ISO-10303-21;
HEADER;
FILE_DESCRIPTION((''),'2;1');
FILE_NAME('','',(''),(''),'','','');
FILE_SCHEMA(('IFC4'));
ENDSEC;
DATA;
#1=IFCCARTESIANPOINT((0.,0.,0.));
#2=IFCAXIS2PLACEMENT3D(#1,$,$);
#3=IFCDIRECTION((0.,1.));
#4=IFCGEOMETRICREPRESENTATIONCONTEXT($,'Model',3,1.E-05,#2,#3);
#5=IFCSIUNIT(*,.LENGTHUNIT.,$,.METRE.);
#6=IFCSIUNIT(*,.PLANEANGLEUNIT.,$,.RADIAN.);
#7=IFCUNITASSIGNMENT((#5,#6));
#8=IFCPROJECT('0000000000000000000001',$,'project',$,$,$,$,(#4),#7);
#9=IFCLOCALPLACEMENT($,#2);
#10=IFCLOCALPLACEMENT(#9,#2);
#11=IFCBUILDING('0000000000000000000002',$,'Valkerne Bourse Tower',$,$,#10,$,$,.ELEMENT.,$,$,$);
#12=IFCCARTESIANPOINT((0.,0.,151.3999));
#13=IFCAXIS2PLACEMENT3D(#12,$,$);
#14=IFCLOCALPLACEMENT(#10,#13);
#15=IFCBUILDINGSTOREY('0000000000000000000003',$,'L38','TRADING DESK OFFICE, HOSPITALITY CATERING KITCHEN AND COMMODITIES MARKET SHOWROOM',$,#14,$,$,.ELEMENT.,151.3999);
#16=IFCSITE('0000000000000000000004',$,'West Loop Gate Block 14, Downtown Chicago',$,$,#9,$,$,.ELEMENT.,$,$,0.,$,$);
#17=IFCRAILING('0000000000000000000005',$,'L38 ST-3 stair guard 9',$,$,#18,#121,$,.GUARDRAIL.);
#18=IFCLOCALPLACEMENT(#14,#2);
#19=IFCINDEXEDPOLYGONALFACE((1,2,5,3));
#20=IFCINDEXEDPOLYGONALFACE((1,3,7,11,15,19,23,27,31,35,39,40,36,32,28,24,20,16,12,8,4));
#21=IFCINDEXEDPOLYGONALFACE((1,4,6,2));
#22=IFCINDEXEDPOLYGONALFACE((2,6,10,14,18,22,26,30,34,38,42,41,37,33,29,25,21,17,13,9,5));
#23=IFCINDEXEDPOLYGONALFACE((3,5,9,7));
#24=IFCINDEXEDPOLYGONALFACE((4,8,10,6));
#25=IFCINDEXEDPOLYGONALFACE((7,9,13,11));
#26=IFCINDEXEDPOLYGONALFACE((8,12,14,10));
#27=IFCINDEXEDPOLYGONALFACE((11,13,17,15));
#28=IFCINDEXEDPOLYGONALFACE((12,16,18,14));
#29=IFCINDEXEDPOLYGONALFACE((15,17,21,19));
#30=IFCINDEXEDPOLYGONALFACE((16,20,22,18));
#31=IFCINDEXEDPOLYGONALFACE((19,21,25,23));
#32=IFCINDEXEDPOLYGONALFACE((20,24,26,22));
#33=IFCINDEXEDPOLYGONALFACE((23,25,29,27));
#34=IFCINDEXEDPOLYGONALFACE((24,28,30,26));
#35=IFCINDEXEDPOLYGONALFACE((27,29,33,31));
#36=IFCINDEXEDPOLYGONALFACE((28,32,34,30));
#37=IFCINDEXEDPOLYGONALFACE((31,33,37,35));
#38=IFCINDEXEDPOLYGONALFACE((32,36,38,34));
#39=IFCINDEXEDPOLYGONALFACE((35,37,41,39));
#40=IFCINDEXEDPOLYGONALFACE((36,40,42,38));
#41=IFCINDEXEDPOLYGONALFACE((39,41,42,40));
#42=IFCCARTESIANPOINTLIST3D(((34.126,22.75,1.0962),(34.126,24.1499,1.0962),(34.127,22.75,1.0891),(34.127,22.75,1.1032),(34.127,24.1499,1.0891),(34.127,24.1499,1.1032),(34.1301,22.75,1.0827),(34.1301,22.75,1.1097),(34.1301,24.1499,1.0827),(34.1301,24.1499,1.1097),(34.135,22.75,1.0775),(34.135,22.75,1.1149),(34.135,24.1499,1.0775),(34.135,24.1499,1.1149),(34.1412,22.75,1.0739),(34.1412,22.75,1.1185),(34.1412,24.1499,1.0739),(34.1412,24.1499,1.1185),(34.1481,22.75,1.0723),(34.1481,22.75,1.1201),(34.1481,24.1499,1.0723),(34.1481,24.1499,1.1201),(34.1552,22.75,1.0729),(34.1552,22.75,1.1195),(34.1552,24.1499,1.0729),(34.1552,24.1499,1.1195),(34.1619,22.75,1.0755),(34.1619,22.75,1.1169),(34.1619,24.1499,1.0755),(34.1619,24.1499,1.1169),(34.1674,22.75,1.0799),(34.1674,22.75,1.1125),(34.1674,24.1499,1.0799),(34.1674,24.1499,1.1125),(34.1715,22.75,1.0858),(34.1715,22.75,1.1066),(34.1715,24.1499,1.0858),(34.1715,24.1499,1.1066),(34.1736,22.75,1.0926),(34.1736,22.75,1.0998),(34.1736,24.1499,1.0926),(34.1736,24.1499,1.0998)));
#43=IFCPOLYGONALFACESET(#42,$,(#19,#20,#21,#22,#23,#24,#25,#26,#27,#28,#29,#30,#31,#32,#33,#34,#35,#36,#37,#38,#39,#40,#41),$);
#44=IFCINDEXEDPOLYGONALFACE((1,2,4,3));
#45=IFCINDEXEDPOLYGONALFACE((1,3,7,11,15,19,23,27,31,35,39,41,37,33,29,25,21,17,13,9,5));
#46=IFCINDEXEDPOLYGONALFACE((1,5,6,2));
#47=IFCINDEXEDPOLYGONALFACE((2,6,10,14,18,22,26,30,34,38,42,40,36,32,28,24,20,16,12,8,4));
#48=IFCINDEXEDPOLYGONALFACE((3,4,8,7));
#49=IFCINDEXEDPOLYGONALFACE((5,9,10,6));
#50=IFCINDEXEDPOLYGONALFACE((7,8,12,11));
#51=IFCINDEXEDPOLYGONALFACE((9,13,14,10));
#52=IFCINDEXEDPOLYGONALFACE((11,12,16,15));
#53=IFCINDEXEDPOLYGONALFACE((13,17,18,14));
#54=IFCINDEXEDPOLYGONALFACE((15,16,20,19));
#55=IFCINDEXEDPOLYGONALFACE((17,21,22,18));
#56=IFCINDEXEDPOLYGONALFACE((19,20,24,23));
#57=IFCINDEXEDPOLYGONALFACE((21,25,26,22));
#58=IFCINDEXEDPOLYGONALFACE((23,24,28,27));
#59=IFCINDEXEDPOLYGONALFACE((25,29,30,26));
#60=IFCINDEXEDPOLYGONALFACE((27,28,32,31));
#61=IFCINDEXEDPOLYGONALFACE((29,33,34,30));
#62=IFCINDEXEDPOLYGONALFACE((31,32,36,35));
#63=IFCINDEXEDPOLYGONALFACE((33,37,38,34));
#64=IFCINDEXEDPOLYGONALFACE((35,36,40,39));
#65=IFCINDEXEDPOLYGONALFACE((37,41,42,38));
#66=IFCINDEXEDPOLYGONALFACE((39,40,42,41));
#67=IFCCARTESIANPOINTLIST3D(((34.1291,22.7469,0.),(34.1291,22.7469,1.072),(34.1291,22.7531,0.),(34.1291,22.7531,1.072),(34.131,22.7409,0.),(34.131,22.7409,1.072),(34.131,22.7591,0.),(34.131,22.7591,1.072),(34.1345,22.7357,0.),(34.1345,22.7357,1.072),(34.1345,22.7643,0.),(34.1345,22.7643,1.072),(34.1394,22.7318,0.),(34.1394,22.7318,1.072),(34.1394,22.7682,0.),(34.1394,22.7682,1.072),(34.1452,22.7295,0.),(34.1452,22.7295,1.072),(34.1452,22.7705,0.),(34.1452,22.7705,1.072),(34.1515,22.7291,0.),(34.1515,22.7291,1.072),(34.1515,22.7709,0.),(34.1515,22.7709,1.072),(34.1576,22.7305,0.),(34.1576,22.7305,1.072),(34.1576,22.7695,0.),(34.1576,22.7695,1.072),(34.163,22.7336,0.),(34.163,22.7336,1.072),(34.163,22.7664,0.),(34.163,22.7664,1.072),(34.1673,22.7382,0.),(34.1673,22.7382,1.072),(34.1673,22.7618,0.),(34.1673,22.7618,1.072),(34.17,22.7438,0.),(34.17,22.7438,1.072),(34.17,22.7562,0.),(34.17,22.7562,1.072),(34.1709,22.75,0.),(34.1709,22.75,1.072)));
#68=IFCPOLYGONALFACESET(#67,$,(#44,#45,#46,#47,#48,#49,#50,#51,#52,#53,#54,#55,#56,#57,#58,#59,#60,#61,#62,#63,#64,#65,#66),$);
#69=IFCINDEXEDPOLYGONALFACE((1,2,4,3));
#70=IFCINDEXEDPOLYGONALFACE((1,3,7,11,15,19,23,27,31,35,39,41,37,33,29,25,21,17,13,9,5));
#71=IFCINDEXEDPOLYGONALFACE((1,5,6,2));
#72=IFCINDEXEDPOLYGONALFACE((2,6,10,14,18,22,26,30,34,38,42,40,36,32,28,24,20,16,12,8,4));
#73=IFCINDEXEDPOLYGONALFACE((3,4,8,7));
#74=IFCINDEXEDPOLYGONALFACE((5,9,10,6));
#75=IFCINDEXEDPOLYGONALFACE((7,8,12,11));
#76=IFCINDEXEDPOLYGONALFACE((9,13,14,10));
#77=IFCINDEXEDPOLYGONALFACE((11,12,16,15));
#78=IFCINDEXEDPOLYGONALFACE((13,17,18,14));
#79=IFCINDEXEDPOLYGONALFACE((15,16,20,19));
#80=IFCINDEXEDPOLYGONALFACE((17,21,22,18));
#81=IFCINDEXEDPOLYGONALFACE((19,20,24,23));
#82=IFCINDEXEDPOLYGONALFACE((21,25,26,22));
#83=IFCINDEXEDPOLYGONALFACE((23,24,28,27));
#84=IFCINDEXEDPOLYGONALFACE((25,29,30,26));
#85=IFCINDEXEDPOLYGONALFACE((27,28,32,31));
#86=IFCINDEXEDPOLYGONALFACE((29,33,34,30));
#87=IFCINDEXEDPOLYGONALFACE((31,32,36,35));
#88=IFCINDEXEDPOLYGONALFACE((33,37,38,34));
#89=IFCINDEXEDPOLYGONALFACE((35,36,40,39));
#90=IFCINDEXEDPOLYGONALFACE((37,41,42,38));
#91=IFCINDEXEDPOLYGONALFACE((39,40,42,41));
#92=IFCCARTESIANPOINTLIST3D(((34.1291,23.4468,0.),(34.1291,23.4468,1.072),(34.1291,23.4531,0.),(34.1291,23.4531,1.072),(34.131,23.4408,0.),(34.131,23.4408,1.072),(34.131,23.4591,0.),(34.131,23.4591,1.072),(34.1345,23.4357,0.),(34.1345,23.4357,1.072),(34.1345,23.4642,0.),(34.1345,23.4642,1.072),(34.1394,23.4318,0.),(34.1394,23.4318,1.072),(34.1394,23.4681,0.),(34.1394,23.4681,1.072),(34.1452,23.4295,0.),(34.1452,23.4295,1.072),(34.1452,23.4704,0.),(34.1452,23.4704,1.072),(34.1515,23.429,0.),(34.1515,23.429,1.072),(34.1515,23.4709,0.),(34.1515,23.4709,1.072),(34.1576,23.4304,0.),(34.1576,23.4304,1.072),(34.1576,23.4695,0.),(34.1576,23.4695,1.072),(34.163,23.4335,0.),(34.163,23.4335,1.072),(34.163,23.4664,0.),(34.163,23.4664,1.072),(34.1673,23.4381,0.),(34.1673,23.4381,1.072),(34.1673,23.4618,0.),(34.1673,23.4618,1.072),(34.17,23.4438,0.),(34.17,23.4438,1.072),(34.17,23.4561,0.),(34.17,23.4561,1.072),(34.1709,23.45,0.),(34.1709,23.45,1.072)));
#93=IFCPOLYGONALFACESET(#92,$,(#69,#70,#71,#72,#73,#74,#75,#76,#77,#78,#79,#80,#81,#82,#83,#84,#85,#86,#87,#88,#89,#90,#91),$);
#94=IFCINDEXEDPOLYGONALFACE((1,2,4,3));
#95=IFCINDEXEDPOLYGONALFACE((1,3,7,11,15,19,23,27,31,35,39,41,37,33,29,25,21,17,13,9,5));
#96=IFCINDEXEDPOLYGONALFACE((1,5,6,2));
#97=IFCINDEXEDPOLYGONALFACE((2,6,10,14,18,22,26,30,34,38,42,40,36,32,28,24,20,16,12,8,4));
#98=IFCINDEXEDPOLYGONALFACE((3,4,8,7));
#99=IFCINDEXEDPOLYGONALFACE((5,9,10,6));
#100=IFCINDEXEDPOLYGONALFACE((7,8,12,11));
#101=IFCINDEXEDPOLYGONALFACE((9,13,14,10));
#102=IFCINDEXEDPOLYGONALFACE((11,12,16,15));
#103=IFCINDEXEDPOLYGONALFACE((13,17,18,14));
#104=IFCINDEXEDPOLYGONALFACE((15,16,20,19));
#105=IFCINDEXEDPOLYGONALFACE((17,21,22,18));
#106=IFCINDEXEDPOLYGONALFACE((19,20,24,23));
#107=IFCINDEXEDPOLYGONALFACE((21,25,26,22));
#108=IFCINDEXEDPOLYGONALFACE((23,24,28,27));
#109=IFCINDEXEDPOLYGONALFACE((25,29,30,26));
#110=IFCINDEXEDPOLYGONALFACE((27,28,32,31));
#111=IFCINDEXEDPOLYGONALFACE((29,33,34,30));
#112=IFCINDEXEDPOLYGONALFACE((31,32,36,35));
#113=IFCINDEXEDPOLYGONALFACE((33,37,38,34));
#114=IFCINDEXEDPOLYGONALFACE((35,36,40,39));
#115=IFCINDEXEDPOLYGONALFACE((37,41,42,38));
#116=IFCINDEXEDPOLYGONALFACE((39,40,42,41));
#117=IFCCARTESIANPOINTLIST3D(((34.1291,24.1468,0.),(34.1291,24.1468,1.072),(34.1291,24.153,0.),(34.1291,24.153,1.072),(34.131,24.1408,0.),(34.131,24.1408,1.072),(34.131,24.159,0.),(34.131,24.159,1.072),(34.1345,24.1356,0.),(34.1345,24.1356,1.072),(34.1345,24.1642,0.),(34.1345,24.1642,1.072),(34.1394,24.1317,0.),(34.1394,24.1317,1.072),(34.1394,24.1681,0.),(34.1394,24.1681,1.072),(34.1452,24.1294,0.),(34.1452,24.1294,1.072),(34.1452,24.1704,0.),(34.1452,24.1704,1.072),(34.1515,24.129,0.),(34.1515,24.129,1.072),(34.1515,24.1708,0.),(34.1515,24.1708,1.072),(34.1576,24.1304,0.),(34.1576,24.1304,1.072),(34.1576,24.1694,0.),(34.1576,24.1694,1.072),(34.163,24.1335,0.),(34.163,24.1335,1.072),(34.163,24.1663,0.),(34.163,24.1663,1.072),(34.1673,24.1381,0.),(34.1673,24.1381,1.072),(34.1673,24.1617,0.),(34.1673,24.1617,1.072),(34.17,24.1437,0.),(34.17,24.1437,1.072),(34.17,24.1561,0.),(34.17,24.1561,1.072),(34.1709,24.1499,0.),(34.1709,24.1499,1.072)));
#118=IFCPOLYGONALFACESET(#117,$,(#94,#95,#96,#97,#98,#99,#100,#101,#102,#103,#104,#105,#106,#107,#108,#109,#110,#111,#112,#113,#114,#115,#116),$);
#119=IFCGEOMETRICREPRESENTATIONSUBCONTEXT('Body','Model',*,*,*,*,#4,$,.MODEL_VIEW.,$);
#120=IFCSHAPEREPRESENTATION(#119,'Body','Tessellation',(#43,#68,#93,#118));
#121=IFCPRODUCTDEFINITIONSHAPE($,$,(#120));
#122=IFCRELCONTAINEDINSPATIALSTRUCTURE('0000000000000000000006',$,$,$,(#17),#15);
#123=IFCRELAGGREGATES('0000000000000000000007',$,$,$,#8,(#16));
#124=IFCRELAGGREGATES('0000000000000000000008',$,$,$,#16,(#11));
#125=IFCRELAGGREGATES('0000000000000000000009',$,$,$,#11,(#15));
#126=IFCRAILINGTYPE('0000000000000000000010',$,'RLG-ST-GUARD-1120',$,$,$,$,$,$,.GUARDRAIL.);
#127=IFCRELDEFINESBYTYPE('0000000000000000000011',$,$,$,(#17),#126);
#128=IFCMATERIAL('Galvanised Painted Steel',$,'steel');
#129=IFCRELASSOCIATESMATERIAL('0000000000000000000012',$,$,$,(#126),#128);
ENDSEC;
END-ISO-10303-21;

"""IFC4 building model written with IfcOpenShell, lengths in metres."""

from ifc_helpers import new_model, si_unit, direction, frame, origin, origin_2d, place, context, subcontext, project, spatial, circle, extrude, material, type_object, element, save


model = new_model("IFC4")

# Units and contexts
model_context = context("Model", 3, precision=1e-05, world=origin(), true_north=direction((0.0, 1.0)))
body_context = subcontext(model_context, "Body", "Model", "MODEL_VIEW")
ifc_project = project(units=[si_unit("LENGTHUNIT", "METRE"), si_unit("PLANEANGLEUNIT", "RADIAN")], contexts=[model_context])

# Site, building, storey
site_placement = place(None, origin())
site = spatial("IfcSite", under=ifc_project, at=site_placement, Name="West Loop Gate Block 14, Downtown Chicago", CompositionType="ELEMENT", RefElevation=0.0)
building_placement = place(site_placement, origin())
building = spatial("IfcBuilding", under=site, at=building_placement, Name="Valkerne Bourse Tower", CompositionType="ELEMENT")
storey_placement = place(building_placement, frame((0.0, 0.0, 151.3999)))
storey = spatial("IfcBuildingStorey", under=building, at=storey_placement, Name="L38", Description="TRADING DESK OFFICE, HOSPITALITY CATERING KITCHEN AND COMMODITIES MARKET SHOWROOM", CompositionType="ELEMENT", Elevation=151.3999)

# Railing
ifc_material_1 = material(Name="Galvanised Painted Steel", Category="steel")
railing_type_1 = type_object("IfcRailingType", Name="RLG-ST-GUARD-1120", PredefinedType="GUARDRAIL", material=ifc_material_1)
for number, where, name in (
    (1, (34.1499, 22.75, 0.0), "L38 ST-3 stair guard 9"),
):
    element("IfcRailing", number, at=place(storey_placement, frame(where)), inside=storey, type_object=railing_type_1, Name=name, PredefinedType="GUARDRAIL", context=body_context, shape_type="SweptSolid", body=[
        extrude(circle(Radius=0.0239, at=origin_2d()), frame((0.0, 0.0, 1.0962), z_axis=(0.0, 1.0, 0.0), x_axis=(-1.0, 0.0, 0.0)), (0.0, 0.0, 1.0), 1.3999),
        extrude(circle(Radius=0.021, at=origin_2d()), origin(), (0.0, 0.0, 1.0), 1.072),
        extrude(circle(Radius=0.021, at=origin_2d()), frame((0.0, 0.7, 0.0)), (0.0, 0.0, 1.0), 1.072),
        extrude(circle(Radius=0.021, at=origin_2d()), frame((0.0, 1.3999, 0.0)), (0.0, 0.0, 1.0), 1.072),
    ])

save(model, "model.ifc")
